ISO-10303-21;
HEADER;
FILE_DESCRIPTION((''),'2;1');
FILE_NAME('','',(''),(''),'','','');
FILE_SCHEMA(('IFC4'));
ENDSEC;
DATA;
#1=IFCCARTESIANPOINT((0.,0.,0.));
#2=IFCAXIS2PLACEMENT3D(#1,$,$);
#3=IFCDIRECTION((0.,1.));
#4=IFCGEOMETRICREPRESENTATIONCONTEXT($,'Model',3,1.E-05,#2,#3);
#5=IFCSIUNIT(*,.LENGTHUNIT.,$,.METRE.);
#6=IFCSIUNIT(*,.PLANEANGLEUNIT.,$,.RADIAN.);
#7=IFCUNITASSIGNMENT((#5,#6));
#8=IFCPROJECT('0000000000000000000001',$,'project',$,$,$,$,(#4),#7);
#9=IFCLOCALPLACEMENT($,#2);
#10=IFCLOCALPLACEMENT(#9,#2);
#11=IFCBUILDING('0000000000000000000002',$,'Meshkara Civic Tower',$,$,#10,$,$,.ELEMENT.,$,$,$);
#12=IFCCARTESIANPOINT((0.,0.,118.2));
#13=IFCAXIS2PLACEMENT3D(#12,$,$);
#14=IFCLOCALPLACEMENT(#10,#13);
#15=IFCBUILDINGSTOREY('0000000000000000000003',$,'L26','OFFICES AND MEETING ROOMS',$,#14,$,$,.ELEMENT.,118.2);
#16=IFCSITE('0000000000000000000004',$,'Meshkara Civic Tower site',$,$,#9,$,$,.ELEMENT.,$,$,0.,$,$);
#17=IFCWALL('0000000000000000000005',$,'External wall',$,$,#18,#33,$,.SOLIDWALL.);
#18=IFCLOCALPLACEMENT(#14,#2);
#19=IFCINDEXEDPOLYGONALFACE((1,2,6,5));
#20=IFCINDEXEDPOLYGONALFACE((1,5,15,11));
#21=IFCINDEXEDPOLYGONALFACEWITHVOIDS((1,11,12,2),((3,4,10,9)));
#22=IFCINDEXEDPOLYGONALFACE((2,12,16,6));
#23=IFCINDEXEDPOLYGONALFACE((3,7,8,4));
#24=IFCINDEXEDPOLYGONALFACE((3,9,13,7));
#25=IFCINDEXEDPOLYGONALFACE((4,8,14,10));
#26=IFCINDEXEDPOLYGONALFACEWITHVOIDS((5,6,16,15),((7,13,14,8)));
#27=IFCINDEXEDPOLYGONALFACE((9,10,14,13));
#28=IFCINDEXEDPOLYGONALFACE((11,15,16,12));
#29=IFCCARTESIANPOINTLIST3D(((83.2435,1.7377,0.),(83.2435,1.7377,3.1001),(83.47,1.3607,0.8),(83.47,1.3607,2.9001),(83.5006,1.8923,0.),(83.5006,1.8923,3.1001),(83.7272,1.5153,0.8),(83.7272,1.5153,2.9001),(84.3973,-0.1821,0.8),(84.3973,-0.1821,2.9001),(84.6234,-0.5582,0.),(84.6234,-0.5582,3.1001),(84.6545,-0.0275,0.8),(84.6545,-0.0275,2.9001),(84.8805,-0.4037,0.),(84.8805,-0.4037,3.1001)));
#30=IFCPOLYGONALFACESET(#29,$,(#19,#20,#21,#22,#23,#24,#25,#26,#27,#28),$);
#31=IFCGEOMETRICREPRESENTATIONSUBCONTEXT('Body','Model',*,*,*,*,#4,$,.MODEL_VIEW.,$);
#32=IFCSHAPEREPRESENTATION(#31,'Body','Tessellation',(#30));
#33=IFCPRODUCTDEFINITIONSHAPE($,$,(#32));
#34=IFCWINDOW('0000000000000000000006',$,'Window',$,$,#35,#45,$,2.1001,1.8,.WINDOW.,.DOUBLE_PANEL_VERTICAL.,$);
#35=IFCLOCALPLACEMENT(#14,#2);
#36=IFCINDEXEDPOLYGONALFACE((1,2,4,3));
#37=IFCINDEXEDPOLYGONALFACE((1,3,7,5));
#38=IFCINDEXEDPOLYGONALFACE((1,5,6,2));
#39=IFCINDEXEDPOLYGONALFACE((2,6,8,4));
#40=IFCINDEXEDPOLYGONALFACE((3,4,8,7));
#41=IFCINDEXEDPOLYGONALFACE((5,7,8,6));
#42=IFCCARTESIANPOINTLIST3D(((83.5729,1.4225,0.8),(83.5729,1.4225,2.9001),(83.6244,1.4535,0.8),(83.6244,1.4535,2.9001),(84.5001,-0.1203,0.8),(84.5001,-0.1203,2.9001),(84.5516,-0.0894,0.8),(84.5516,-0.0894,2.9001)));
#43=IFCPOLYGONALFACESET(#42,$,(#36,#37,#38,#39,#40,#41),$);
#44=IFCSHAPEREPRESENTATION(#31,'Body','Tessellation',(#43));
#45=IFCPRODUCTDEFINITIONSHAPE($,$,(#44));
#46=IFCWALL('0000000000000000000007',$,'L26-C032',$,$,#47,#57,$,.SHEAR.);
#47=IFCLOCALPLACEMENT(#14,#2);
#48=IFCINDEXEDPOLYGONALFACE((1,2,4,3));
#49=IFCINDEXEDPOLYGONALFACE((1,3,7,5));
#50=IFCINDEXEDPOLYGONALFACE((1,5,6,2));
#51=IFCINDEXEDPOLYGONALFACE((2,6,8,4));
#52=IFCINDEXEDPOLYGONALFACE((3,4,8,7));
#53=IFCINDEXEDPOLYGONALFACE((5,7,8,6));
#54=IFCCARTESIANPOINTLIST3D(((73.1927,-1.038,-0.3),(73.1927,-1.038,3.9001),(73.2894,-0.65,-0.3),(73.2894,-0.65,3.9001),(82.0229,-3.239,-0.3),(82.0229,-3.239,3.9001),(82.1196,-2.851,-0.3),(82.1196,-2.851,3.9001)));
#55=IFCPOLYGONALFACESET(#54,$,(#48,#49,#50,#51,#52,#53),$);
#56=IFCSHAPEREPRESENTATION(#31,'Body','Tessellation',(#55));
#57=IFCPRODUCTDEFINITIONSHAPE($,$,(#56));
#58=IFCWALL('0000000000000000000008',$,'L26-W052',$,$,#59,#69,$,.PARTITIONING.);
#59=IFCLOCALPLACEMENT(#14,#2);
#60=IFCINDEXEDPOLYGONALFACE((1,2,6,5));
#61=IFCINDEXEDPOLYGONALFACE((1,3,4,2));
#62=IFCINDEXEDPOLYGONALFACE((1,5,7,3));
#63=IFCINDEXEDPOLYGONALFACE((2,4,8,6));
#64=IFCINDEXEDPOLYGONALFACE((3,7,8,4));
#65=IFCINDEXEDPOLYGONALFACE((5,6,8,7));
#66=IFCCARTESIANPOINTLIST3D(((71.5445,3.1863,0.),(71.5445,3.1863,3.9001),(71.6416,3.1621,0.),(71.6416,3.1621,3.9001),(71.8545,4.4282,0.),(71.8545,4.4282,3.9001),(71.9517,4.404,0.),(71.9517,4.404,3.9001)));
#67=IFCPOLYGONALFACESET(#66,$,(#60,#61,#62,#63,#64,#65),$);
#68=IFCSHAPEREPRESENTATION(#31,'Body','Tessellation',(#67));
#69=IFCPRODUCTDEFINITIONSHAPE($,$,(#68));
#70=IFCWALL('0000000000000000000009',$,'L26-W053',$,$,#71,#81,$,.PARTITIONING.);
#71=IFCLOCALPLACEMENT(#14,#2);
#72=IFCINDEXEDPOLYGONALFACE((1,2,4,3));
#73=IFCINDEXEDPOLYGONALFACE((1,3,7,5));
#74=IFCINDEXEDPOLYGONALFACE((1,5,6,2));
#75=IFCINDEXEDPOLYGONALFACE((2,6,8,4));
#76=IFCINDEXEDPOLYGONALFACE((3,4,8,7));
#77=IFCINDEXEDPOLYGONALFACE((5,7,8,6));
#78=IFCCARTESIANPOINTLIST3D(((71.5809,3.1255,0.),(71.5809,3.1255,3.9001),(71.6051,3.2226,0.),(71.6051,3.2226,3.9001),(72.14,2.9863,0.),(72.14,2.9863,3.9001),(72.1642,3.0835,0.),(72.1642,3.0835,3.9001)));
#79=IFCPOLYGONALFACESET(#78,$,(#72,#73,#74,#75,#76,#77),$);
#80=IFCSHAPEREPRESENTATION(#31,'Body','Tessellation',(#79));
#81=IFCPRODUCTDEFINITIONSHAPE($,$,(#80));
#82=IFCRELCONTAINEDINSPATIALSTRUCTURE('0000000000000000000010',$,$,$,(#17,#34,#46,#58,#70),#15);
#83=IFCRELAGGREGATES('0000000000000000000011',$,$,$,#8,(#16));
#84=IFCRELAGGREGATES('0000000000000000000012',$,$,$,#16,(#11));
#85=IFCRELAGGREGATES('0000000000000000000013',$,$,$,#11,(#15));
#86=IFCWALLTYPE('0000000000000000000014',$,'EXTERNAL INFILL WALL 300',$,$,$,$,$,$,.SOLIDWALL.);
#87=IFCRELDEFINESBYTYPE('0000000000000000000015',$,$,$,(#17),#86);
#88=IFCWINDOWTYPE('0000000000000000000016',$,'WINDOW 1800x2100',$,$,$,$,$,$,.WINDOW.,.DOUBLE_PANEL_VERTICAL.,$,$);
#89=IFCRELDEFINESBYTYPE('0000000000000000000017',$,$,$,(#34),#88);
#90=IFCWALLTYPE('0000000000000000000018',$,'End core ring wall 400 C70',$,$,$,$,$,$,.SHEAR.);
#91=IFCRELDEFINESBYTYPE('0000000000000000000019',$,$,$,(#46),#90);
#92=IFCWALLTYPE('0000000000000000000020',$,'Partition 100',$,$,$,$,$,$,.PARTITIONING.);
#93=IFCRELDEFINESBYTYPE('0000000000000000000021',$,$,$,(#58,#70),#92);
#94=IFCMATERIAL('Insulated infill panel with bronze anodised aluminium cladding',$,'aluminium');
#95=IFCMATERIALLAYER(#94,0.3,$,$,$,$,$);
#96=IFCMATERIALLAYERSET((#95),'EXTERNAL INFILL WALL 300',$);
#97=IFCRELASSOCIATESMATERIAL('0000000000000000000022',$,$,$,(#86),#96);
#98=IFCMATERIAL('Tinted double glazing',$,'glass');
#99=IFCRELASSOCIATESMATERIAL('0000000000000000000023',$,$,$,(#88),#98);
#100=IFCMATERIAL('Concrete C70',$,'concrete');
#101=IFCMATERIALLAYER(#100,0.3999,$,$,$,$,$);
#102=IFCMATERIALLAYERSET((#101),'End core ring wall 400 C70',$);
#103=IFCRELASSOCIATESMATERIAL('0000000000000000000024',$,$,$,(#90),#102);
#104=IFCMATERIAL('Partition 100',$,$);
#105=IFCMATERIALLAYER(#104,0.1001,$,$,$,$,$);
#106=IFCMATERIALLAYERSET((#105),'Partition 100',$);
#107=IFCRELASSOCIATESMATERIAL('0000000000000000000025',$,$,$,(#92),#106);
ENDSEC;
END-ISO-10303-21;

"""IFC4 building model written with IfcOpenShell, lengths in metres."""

from ifc_helpers import new_model, si_unit, direction, frame, frame_2d, origin, place, context, subcontext, project, spatial, rectangle, extrude, material, layer, layer_set, type_object, element, fill, save


model = new_model("IFC4")

# Units and contexts
model_context = context("Model", 3, precision=1e-05, world=origin(), true_north=direction((0.0, 1.0)))
body_context = subcontext(model_context, "Body", "Model", "MODEL_VIEW")
ifc_project = project(units=[si_unit("LENGTHUNIT", "METRE"), si_unit("PLANEANGLEUNIT", "RADIAN")], contexts=[model_context])

# Site, building, storey
site_placement = place(None, origin())
site = spatial("IfcSite", under=ifc_project, at=site_placement, Name="Meshkara Civic Tower site", CompositionType="ELEMENT", RefElevation=0.0)
building_placement = place(site_placement, origin())
building = spatial("IfcBuilding", under=site, at=building_placement, Name="Meshkara Civic Tower", CompositionType="ELEMENT")
storey_placement = place(building_placement, frame((0.0, 0.0, 118.2)))
storey = spatial("IfcBuildingStorey", under=building, at=storey_placement, Name="L26", Description="OFFICES AND MEETING ROOMS", CompositionType="ELEMENT", Elevation=118.2)

# Wall, opening, window
ifc_material_1 = material(Name="Insulated infill panel with bronze anodised aluminium cladding", Category="aluminium")
ifc_layer_1 = layer(ifc_material_1, 0.3)
ifc_layer_set_1 = layer_set([ifc_layer_1], Name="EXTERNAL INFILL WALL 300")
wall_type_1 = type_object("IfcWallType", Name="EXTERNAL INFILL WALL 300", PredefinedType="SOLIDWALL", material=ifc_layer_set_1)
ifc_material_2 = material(Name="Tinted double glazing", Category="glass")
window_type_1 = type_object("IfcWindowType", Name="WINDOW 1800x2100", PartitioningType="DOUBLE_PANEL_VERTICAL", PredefinedType="WINDOW", material=ifc_material_2)
wall_1_placement = place(storey_placement, frame((84.752, -0.481, 0.0), z_axis=(0.0, 0.0, 1.0), x_axis=(-0.515139, 0.857107, 0.0)))
wall_1 = element("IfcWall", 1, at=wall_1_placement, inside=storey, type_object=wall_type_1, Name="External wall", PredefinedType="SOLIDWALL", context=body_context, shape_type="SweptSolid", body=[
    extrude(rectangle(XDim=2.6787, YDim=0.3, at=frame_2d((1.3394, 0.0))), origin(), (0.0, 0.0, 1.0), 3.1001),
])
opening_1_placement = place(wall_1_placement, frame((0.439, 0.0, 0.8)))
opening_1 = element("IfcOpeningElement", 2, at=opening_1_placement, cuts=wall_1, PredefinedType="OPENING", context=body_context, shape_type="SweptSolid", body=[
    extrude(rectangle(XDim=1.8, YDim=2.1001, at=frame_2d((0.8999, 1.05))), frame((0.0, 0.1599, 0.0), z_axis=(0.0, -1.0, 0.0), x_axis=(1.0, 0.0, 0.0)), (0.0, 0.0, 1.0), 0.3201),
])
window_1_placement = place(opening_1_placement, origin())
window_1 = element("IfcWindow", 3, at=window_1_placement, inside=storey, type_object=window_type_1, Name="Window", OverallHeight=2.1001, OverallWidth=1.8, PartitioningType="DOUBLE_PANEL_VERTICAL", PredefinedType="WINDOW", context=body_context, shape_type="SweptSolid", body=[
    extrude(rectangle(XDim=1.8, YDim=2.1001, at=frame_2d((0.8999, 1.05))), frame((0.0, 0.03, 0.0), z_axis=(0.0, -1.0, 0.0), x_axis=(1.0, 0.0, 0.0)), (0.0, 0.0, 1.0), 0.0601),
])
fill(opening_1, window_1)

# Walls
ifc_material_3 = material(Name="Concrete C70", Category="concrete")
ifc_layer_2 = layer(ifc_material_3, 0.3999)
ifc_layer_set_2 = layer_set([ifc_layer_2], Name="End core ring wall 400 C70")
wall_type_2 = type_object("IfcWallType", Name="End core ring wall 400 C70", PredefinedType="SHEAR", material=ifc_layer_set_2)
wall_2_placement = place(storey_placement, frame((73.241, -0.844, -0.3), z_axis=(0.0, 0.0, 1.0), x_axis=(0.970313, -0.241854, 0.0)))
element("IfcWall", 4, at=wall_2_placement, inside=storey, type_object=wall_type_2, Name="L26-C032", PredefinedType="SHEAR", context=body_context, shape_type="SweptSolid", body=[
    extrude(rectangle(XDim=9.1003, YDim=0.3999, at=frame_2d((4.5503, 0.0))), origin(), (0.0, 0.0, 1.0), 4.2002),
])
ifc_material_4 = material(Name="Partition 100")
ifc_layer_3 = layer(ifc_material_4, 0.1001)
ifc_layer_set_3 = layer_set([ifc_layer_3], Name="Partition 100")
wall_type_3 = type_object("IfcWallType", Name="Partition 100", PredefinedType="PARTITIONING", material=ifc_layer_set_3)
wall_3_placement = place(storey_placement, frame((71.593, 3.1741, 0.0), z_axis=(0.0, 0.0, 1.0), x_axis=(0.242221, 0.970221, 0.0)))
element("IfcWall", 5, at=wall_3_placement, inside=storey, type_object=wall_type_3, Name="L26-W052", PredefinedType="PARTITIONING", context=body_context, shape_type="SweptSolid", body=[
    extrude(rectangle(XDim=1.28, YDim=0.1001, at=frame_2d((0.6401, 0.0))), origin(), (0.0, 0.0, 1.0), 3.9001),
])
wall_4_placement = place(storey_placement, frame((72.1521, 3.0349, 0.0), z_axis=(0.0, 0.0, 1.0), x_axis=(-0.970391, 0.241538, 0.0)))
element("IfcWall", 6, at=wall_4_placement, inside=storey, type_object=wall_type_3, Name="L26-W053", PredefinedType="PARTITIONING", context=body_context, shape_type="SweptSolid", body=[
    extrude(rectangle(XDim=0.5762, YDim=0.1001, at=frame_2d((0.2881, 0.0))), origin(), (0.0, 0.0, 1.0), 3.9001),
])

save(model, "model.ifc")
